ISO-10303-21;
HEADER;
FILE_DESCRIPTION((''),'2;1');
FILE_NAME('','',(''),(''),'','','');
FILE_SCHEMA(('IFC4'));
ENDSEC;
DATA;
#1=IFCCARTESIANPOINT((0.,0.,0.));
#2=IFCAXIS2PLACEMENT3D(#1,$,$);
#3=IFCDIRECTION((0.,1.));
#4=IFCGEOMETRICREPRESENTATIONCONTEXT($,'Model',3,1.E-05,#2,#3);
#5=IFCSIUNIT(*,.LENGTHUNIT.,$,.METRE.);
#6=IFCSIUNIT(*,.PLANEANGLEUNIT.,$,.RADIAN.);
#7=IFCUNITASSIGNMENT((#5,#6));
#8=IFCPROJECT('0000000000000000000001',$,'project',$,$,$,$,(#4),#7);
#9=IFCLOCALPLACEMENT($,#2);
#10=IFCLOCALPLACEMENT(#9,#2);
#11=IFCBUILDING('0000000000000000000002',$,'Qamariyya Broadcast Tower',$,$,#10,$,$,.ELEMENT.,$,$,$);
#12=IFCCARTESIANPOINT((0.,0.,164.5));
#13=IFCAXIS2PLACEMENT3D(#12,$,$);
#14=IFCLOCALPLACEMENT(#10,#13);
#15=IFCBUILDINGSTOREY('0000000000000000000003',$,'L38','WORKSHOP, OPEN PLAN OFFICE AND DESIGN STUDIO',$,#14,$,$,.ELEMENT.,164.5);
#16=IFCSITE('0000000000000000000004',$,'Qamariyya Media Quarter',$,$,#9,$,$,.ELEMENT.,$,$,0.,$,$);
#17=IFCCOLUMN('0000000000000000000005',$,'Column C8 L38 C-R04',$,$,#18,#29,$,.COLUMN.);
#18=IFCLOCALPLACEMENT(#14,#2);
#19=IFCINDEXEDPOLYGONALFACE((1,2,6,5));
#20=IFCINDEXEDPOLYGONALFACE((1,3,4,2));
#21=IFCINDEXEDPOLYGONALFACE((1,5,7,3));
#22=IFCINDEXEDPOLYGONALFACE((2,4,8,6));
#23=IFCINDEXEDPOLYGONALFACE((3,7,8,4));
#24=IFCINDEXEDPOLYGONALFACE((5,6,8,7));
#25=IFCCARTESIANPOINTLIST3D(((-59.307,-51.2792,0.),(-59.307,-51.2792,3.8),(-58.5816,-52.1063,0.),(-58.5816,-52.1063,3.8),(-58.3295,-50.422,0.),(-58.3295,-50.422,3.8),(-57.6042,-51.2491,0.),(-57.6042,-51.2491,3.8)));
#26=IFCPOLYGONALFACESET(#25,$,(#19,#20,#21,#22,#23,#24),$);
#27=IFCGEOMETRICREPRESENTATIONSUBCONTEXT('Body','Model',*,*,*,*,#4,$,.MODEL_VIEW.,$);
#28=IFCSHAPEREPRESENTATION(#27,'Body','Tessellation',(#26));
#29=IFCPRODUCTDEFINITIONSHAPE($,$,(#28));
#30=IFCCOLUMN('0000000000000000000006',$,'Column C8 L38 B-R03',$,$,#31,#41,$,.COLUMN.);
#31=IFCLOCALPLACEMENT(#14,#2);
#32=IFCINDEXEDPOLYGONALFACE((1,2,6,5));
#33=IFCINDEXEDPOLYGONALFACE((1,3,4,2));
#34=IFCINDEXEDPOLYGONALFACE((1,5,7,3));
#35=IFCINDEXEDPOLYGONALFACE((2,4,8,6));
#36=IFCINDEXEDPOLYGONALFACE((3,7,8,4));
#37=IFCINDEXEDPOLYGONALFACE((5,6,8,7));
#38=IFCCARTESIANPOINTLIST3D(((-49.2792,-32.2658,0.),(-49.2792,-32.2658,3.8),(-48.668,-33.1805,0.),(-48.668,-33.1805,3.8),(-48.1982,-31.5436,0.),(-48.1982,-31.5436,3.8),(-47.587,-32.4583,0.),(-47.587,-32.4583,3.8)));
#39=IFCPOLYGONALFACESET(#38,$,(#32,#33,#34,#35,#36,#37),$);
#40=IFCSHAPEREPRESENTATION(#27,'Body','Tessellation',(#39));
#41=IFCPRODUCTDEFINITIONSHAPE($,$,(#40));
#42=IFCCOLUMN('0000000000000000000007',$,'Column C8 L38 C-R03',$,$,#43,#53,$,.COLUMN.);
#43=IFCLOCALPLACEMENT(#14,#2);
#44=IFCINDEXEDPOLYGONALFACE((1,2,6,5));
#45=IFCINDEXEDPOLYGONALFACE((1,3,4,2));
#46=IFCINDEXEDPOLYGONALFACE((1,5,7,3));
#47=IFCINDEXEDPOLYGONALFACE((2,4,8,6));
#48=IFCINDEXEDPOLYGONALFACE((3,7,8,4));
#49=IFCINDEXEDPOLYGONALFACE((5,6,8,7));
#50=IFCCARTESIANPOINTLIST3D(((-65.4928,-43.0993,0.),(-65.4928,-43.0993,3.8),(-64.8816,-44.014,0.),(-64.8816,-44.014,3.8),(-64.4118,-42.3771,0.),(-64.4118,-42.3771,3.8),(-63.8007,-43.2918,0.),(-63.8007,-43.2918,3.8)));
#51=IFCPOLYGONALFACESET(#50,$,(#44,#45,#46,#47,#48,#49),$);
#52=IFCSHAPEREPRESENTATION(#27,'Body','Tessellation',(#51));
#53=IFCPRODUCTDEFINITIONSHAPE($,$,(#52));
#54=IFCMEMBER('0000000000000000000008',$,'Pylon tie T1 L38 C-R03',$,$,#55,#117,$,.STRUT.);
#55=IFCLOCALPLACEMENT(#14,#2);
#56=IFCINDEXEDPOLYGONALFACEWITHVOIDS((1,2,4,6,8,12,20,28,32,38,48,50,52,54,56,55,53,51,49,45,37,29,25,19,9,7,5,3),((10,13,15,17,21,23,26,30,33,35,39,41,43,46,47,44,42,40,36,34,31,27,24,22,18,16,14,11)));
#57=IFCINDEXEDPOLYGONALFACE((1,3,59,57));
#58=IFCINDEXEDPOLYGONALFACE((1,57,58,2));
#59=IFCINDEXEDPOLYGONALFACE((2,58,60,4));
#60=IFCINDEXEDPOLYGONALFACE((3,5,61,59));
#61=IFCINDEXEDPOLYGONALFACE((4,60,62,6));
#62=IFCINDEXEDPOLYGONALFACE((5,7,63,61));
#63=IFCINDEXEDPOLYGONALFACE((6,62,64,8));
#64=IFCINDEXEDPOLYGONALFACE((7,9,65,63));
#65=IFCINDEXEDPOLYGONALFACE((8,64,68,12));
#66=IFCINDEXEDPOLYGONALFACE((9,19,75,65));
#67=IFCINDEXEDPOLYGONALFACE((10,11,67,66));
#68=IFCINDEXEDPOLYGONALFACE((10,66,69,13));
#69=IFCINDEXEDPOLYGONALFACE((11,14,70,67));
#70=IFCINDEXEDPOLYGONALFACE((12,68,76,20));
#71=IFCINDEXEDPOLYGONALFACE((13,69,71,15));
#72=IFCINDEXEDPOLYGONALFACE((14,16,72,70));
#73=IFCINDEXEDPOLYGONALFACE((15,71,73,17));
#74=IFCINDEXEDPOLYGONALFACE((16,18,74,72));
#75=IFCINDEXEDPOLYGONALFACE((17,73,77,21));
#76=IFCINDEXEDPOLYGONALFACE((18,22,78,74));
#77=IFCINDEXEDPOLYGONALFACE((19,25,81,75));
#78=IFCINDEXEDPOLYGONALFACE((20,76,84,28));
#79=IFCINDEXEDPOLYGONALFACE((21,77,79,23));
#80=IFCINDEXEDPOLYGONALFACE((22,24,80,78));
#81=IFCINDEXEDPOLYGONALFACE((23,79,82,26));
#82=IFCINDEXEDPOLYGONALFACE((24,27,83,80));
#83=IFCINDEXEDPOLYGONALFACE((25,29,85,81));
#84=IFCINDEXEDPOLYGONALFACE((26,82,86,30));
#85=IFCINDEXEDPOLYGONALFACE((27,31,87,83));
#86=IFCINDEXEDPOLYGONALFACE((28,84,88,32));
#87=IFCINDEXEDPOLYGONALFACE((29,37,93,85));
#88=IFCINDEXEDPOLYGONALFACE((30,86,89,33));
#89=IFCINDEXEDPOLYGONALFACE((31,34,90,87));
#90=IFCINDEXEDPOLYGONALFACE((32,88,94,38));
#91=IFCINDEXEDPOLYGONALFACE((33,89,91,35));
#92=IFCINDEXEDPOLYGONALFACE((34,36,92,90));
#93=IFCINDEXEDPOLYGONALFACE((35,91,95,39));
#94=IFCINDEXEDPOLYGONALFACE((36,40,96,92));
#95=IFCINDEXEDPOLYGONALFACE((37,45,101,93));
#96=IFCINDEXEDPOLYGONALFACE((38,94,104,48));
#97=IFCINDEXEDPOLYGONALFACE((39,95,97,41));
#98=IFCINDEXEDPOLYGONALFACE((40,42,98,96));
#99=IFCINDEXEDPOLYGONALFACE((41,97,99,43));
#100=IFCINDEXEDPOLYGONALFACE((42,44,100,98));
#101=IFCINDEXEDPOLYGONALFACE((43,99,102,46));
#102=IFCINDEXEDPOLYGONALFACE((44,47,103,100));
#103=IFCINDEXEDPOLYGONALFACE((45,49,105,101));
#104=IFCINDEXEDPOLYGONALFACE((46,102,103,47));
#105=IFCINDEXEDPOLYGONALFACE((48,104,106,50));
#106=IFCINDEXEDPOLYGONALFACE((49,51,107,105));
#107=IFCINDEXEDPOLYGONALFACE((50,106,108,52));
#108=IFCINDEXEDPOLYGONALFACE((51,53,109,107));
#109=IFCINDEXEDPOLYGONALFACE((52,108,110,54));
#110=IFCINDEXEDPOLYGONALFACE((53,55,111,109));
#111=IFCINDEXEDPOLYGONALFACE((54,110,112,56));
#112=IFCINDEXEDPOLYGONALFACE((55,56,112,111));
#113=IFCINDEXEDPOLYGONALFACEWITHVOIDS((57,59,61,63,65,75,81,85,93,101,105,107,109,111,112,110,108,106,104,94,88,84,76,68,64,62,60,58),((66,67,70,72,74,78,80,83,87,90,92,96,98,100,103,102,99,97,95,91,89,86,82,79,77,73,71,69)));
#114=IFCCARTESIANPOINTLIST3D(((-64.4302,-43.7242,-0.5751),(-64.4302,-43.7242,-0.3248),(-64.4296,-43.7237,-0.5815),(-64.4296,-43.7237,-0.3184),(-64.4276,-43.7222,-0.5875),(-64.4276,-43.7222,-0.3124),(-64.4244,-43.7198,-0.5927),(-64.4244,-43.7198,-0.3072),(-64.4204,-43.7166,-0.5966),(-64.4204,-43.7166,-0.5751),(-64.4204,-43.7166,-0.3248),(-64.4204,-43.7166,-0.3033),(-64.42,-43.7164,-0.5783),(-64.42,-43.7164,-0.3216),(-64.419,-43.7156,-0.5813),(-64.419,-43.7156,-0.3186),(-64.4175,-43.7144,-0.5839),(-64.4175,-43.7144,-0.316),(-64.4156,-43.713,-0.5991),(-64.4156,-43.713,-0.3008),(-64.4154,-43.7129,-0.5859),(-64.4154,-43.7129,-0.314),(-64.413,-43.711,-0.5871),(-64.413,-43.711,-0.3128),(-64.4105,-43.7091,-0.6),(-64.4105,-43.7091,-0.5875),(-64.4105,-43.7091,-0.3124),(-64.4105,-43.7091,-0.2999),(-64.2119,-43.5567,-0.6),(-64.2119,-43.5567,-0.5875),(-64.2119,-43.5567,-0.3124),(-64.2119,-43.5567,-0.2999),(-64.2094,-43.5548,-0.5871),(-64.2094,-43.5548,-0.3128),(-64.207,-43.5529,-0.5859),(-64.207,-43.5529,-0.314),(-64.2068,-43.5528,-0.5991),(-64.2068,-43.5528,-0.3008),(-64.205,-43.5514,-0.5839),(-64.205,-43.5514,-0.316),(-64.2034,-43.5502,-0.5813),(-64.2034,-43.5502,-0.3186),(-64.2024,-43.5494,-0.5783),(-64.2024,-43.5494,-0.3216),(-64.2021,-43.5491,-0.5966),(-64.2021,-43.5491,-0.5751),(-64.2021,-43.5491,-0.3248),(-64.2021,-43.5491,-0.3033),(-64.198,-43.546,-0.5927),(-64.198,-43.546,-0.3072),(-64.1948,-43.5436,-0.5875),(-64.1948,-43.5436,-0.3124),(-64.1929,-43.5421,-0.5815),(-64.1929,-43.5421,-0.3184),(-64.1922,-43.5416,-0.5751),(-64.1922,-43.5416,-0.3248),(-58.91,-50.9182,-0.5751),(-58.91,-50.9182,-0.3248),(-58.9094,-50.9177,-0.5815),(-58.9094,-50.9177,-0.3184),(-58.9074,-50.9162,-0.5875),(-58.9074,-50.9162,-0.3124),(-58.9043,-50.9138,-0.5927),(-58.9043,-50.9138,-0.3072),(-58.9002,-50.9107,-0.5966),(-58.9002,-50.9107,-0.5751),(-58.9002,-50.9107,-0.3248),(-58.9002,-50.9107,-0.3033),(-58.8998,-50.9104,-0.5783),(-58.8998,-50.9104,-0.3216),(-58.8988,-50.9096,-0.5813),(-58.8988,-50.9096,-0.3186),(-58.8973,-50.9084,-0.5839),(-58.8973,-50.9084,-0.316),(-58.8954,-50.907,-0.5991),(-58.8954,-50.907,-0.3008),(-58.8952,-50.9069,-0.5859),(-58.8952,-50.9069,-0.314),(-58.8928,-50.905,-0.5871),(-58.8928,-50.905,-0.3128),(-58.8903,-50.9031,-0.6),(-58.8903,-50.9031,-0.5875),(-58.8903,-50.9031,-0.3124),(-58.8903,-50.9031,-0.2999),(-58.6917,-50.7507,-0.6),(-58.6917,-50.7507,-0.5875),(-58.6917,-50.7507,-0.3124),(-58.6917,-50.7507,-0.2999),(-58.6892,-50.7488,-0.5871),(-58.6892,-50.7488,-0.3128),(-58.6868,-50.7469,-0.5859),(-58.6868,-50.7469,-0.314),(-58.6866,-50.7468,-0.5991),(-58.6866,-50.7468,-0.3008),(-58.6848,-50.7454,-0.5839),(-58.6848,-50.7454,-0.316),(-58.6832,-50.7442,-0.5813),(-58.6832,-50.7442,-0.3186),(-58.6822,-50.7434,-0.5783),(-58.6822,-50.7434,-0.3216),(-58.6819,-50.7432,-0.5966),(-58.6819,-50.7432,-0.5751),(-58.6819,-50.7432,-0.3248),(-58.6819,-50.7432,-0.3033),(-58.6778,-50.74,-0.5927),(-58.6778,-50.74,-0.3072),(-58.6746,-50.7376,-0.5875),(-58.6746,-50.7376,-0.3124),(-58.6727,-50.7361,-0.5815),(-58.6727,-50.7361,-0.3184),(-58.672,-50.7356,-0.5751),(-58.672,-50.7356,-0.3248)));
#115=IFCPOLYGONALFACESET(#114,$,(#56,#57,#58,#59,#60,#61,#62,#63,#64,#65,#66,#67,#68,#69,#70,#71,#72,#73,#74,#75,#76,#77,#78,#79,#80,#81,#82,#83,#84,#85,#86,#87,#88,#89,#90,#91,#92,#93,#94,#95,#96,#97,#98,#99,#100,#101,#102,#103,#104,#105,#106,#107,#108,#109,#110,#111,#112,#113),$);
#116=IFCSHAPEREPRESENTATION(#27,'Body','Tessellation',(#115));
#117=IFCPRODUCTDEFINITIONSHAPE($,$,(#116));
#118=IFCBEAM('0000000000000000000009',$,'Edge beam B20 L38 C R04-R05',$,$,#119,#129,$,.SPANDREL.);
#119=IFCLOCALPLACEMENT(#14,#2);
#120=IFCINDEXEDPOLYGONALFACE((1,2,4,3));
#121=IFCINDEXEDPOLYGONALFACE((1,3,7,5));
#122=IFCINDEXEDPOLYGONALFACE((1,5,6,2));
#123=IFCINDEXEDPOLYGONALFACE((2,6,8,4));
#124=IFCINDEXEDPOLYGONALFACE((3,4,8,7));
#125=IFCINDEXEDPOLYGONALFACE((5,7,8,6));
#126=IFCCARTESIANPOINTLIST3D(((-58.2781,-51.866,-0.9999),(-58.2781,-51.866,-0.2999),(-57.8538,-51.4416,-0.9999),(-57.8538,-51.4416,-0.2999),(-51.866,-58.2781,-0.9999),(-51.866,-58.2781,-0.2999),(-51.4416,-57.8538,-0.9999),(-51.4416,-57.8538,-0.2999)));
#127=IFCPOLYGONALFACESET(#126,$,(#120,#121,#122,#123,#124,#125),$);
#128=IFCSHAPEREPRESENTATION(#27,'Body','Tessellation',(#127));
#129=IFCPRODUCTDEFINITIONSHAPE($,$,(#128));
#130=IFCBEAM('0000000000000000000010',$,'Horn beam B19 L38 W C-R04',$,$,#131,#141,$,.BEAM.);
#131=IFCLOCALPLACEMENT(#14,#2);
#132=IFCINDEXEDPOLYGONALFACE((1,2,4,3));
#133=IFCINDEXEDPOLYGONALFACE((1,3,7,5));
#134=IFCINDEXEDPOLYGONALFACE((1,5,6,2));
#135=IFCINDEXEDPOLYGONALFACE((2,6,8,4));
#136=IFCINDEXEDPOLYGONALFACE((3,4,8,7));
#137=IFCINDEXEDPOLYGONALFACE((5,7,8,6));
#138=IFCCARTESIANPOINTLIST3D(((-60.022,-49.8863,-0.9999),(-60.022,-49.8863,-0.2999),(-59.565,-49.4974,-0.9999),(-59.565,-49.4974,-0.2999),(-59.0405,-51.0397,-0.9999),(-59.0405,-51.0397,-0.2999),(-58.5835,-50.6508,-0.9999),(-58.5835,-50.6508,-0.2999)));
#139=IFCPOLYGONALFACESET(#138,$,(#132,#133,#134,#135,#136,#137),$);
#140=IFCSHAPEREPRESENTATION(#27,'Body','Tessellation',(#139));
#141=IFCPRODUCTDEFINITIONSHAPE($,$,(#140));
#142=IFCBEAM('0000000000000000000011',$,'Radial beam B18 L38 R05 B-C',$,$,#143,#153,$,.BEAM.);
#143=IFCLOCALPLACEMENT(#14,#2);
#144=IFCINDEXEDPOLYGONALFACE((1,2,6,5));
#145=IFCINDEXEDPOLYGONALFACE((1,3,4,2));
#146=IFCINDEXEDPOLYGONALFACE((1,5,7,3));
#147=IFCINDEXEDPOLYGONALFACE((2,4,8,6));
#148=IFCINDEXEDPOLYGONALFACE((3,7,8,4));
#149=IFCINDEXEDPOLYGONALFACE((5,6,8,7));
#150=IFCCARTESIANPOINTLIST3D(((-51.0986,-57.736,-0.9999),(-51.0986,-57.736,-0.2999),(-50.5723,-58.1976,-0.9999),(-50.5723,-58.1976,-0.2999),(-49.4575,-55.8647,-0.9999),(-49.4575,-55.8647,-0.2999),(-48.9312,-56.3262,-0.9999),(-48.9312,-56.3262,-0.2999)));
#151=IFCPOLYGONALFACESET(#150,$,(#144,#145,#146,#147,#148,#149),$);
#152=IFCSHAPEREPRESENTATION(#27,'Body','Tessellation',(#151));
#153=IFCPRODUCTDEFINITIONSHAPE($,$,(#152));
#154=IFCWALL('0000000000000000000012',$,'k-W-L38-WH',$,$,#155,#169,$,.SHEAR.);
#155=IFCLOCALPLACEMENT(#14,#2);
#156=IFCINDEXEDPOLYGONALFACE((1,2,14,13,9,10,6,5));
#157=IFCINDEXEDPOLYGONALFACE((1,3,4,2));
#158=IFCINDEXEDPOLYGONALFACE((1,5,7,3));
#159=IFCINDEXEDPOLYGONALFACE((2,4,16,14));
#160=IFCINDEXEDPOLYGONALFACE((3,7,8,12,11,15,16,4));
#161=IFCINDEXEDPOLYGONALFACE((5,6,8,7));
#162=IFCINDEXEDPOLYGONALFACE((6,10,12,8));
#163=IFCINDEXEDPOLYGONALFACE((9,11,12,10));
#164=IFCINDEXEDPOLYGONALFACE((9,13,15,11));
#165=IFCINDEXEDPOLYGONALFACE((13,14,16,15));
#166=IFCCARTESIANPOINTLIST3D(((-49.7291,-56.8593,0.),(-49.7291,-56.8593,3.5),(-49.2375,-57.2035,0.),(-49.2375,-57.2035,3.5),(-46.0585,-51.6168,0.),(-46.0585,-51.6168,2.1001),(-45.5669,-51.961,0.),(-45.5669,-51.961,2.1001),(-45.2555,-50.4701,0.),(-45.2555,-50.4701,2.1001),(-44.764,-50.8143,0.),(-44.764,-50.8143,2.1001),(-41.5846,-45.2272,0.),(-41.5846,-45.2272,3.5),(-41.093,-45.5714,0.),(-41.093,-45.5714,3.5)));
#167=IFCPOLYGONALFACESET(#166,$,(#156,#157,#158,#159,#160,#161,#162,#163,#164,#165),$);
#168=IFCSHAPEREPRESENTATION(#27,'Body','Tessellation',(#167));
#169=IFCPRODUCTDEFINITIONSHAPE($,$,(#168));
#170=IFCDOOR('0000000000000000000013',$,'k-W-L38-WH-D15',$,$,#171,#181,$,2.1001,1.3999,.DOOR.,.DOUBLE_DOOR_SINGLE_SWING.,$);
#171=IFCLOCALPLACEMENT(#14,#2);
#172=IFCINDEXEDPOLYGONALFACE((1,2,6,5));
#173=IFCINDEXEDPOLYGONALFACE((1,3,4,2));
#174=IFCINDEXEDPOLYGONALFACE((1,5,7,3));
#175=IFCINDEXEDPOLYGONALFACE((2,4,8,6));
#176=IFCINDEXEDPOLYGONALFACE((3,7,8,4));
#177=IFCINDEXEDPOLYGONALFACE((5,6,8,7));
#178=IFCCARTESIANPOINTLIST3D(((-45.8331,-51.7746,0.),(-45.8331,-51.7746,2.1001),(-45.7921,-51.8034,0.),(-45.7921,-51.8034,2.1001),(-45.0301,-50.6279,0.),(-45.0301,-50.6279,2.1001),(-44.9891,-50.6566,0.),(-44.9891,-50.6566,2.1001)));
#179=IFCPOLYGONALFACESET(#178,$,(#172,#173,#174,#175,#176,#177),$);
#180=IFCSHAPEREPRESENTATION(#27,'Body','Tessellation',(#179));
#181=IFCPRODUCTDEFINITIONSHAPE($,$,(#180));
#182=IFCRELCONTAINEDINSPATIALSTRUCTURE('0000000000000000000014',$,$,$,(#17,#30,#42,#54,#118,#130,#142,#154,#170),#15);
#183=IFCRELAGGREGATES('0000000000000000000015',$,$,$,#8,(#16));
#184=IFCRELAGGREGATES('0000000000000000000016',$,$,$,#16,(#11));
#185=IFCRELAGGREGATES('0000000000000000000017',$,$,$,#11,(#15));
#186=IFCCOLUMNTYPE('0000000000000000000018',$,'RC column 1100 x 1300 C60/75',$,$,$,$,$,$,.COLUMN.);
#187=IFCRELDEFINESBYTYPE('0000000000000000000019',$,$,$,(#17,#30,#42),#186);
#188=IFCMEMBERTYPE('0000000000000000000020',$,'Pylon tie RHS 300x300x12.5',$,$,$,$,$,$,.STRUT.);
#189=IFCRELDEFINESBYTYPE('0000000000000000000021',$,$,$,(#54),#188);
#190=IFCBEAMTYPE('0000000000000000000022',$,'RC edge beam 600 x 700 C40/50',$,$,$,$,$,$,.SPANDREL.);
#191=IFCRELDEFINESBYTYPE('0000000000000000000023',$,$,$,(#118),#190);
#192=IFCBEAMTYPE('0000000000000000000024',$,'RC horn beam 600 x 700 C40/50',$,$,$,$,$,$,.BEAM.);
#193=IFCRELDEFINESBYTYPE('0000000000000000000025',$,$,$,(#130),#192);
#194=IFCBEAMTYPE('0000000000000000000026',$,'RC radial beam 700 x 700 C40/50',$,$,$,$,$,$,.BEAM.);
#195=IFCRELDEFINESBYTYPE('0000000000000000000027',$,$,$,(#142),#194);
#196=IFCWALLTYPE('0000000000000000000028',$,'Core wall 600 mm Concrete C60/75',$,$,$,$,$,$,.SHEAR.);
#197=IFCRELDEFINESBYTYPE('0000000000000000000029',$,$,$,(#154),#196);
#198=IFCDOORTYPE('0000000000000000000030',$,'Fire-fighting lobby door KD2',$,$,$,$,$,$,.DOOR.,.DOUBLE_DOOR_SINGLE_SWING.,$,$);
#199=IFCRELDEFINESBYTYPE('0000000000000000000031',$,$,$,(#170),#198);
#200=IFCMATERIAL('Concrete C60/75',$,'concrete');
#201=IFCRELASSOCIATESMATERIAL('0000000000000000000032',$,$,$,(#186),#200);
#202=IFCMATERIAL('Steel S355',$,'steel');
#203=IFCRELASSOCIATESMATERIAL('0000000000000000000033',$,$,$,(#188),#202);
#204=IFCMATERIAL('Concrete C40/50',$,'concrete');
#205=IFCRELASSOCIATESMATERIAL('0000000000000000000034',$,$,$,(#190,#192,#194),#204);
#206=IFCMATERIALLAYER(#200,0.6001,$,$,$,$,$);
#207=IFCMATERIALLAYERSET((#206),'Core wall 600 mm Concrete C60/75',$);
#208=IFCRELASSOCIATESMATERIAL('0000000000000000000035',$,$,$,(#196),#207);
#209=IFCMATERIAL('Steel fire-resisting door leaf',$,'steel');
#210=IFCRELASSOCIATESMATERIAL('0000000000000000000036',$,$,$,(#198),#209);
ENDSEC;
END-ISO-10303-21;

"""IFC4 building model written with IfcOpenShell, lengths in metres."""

from ifc_helpers import new_model, si_unit, direction, frame, frame_2d, origin, origin_2d, place, context, subcontext, project, spatial, rectangle, hollow_rectangle, extrude, material, layer, layer_set, material_profile, profile_set, type_object, element, fill, save


model = new_model("IFC4")

# Units and contexts
model_context = context("Model", 3, precision=1e-05, world=origin(), true_north=direction((0.0, 1.0)))
body_context = subcontext(model_context, "Body", "Model", "MODEL_VIEW")
ifc_project = project(units=[si_unit("LENGTHUNIT", "METRE"), si_unit("PLANEANGLEUNIT", "RADIAN")], contexts=[model_context])

# Site, building, storey
site_placement = place(None, origin())
site = spatial("IfcSite", under=ifc_project, at=site_placement, Name="Qamariyya Media Quarter", CompositionType="ELEMENT", RefElevation=0.0)
building_placement = place(site_placement, origin())
building = spatial("IfcBuilding", under=site, at=building_placement, Name="Qamariyya Broadcast Tower", CompositionType="ELEMENT")
storey_placement = place(building_placement, frame((0.0, 0.0, 164.5)))
storey = spatial("IfcBuildingStorey", under=building, at=storey_placement, Name="L38", Description="WORKSHOP, OPEN PLAN OFFICE AND DESIGN STUDIO", CompositionType="ELEMENT", Elevation=164.5)

# Columns
ifc_material_1 = material(Name="Concrete C60/75", Category="concrete")
ifc_material_profile_1 = material_profile(ifc_material_1, rectangle(XDim=1.1001, YDim=1.3, at=origin_2d()))
ifc_profile_set_1 = profile_set([ifc_material_profile_1], Name="Concrete C60/75")
column_type = type_object("IfcColumnType", Name="RC column 1100 x 1300 C60/75", PredefinedType="COLUMN", material=ifc_profile_set_1)
for number, where, z_axis, x_axis, name in (
    (1, (-58.4556, -51.2642, 0.0), (0.0, 0.0, 1.0), (0.659346, -0.75184, 0.0), "Column C8 L38 C-R04"),
    (2, (-48.4331, -32.3621, 0.0), (0.0, 0.0, 1.0), (0.55557, -0.83147, 0.0), "Column C8 L38 B-R03"),
    (3, (-64.6467, -43.1956, 0.0), (0.0, 0.0, 1.0), (0.55557, -0.83147, 0.0), "Column C8 L38 C-R03"),
):
    element("IfcColumn", number, at=place(storey_placement, frame(where, z_axis=z_axis, x_axis=x_axis)), inside=storey, type_object=column_type, Name=name, PredefinedType="COLUMN", context=body_context, shape_type="SweptSolid", body=[
        extrude(rectangle(XDim=1.1001, YDim=1.3, at=origin_2d()), origin(), (0.0, 0.0, 1.0), 3.8),
    ])

# Member
ifc_material_2 = material(Name="Steel S355", Category="steel")
ifc_material_profile_2 = material_profile(ifc_material_2, hollow_rectangle(XDim=0.3, YDim=0.3, WallThickness=0.0125, InnerFilletRadius=0.0125, OuterFilletRadius=0.0249, at=origin_2d()))
ifc_profile_set_2 = profile_set([ifc_material_profile_2], Name="Steel S355")
member_type = type_object("IfcMemberType", Name="Pylon tie RHS 300x300x12.5", PredefinedType="STRUT", material=ifc_profile_set_2)
member_placement = place(storey_placement, frame((-58.791, -50.8269, -0.45), z_axis=(-0.608764, 0.793351, 0.0), x_axis=(-0.793351, -0.608764, 0.0)))
element("IfcMember", 4, at=member_placement, inside=storey, type_object=member_type, Name="Pylon tie T1 L38 C-R03", PredefinedType="STRUT", context=body_context, shape_type="SweptSolid", body=[
    extrude(hollow_rectangle(XDim=0.3, YDim=0.3, WallThickness=0.0125, InnerFilletRadius=0.0125, OuterFilletRadius=0.0249, at=origin_2d()), origin(), (0.0, 0.0, 1.0), 9.0679),
])

# Beams
ifc_material_3 = material(Name="Concrete C40/50", Category="concrete")
ifc_material_profile_3 = material_profile(ifc_material_3, rectangle(XDim=0.6001, YDim=0.7, at=origin_2d()))
ifc_profile_set_3 = profile_set([ifc_material_profile_3], Name="Concrete C40/50")
beam_type_1 = type_object("IfcBeamType", Name="RC edge beam 600 x 700 C40/50", PredefinedType="SPANDREL", material=ifc_profile_set_3)
beam_1_placement = place(storey_placement, frame((-58.0659, -51.6538, -0.6499), z_axis=(0.707107, -0.707107, 0.0), x_axis=(0.707107, 0.707107, 0.0)))
element("IfcBeam", 5, at=beam_1_placement, inside=storey, type_object=beam_type_1, Name="Edge beam B20 L38 C R04-R05", PredefinedType="SPANDREL", context=body_context, shape_type="SweptSolid", body=[
    extrude(rectangle(XDim=0.6001, YDim=0.7, at=origin_2d()), origin(), (0.0, 0.0, 1.0), 9.0681),
])
ifc_material_profile_4 = material_profile(ifc_material_3, rectangle(XDim=0.6001, YDim=0.7, at=origin_2d()))
ifc_profile_set_4 = profile_set([ifc_material_profile_4], Name="Concrete C40/50")
beam_type_2 = type_object("IfcBeamType", Name="RC horn beam 600 x 700 C40/50", PredefinedType="BEAM", material=ifc_profile_set_4)
beam_2_placement = place(storey_placement, frame((-58.812, -50.8452, -0.6499), z_axis=(-0.648079, 0.761573, 0.0), x_axis=(-0.761573, -0.648079, 0.0)))
element("IfcBeam", 6, at=beam_2_placement, inside=storey, type_object=beam_type_2, Name="Horn beam B19 L38 W C-R04", PredefinedType="BEAM", context=body_context, shape_type="SweptSolid", body=[
    extrude(rectangle(XDim=0.6001, YDim=0.7, at=origin_2d()), origin(), (0.0, 0.0, 1.0), 1.5144),
])
ifc_material_profile_5 = material_profile(ifc_material_3, rectangle(XDim=0.7, YDim=0.7, at=origin_2d()))
ifc_profile_set_5 = profile_set([ifc_material_profile_5], Name="Concrete C40/50")
beam_type_3 = type_object("IfcBeamType", Name="RC radial beam 700 x 700 C40/50", PredefinedType="BEAM", material=ifc_profile_set_5)
beam_3_placement = place(storey_placement, frame((-49.1943, -56.0955, -0.6499), z_axis=(-0.659344, -0.751841, 0.0), x_axis=(0.751841, -0.659344, 0.0)))
element("IfcBeam", 7, at=beam_3_placement, inside=storey, type_object=beam_type_3, Name="Radial beam B18 L38 R05 B-C", PredefinedType="BEAM", context=body_context, shape_type="SweptSolid", body=[
    extrude(rectangle(XDim=0.7, YDim=0.7, at=origin_2d()), origin(), (0.0, 0.0, 1.0), 2.489),
])

# Wall, opening, door
ifc_layer_1 = layer(ifc_material_1, 0.6001)
ifc_layer_set_1 = layer_set([ifc_layer_1], Name="Core wall 600 mm Concrete C60/75")
wall_type_1 = type_object("IfcWallType", Name="Core wall 600 mm Concrete C60/75", PredefinedType="SHEAR", material=ifc_layer_set_1)
wall_1_placement = place(storey_placement, frame((-49.4834, -57.0315, 0.0), z_axis=(0.0, 0.0, 1.0), x_axis=(0.57356, 0.819163, 0.0)))
wall_1 = element("IfcWall", 8, at=wall_1_placement, inside=storey, type_object=wall_type_1, Name="k-W-L38-WH", PredefinedType="SHEAR", context=body_context, shape_type="SweptSolid", body=[
    extrude(rectangle(XDim=14.2, YDim=0.6001, at=frame_2d((7.1001, 0.0))), origin(), (0.0, 0.0, 1.0), 3.5),
])
opening_1_placement = place(wall_1_placement, frame((6.3999, 0.0, 0.0)))
opening_1 = element("IfcOpeningElement", 9, at=opening_1_placement, cuts=wall_1, PredefinedType="OPENING", context=body_context, shape_type="SweptSolid", body=[
    extrude(rectangle(XDim=1.3999, YDim=2.1001, at=frame_2d((0.7, 1.05))), frame((0.0, 0.3101, 0.0), z_axis=(0.0, -1.0, 0.0), x_axis=(1.0, 0.0, 0.0)), (0.0, 0.0, 1.0), 0.6201),
])
ifc_material_4 = material(Name="Steel fire-resisting door leaf", Category="steel")
door_type_1 = type_object("IfcDoorType", Name="Fire-fighting lobby door KD2", OperationType="DOUBLE_DOOR_SINGLE_SWING", PredefinedType="DOOR", material=ifc_material_4)
door_1_placement = place(opening_1_placement, origin())
door_1 = element("IfcDoor", 10, at=door_1_placement, inside=storey, type_object=door_type_1, Name="k-W-L38-WH-D15", OperationType="DOUBLE_DOOR_SINGLE_SWING", OverallHeight=2.1001, OverallWidth=1.3999, PredefinedType="DOOR", context=body_context, shape_type="SweptSolid", body=[
    extrude(rectangle(XDim=1.3999, YDim=2.1001, at=frame_2d((0.7, 1.05))), frame((0.0, 0.0249, 0.0), z_axis=(0.0, -1.0, 0.0), x_axis=(1.0, 0.0, 0.0)), (0.0, 0.0, 1.0), 0.05),
])
fill(opening_1, door_1)

save(model, "model.ifc")
